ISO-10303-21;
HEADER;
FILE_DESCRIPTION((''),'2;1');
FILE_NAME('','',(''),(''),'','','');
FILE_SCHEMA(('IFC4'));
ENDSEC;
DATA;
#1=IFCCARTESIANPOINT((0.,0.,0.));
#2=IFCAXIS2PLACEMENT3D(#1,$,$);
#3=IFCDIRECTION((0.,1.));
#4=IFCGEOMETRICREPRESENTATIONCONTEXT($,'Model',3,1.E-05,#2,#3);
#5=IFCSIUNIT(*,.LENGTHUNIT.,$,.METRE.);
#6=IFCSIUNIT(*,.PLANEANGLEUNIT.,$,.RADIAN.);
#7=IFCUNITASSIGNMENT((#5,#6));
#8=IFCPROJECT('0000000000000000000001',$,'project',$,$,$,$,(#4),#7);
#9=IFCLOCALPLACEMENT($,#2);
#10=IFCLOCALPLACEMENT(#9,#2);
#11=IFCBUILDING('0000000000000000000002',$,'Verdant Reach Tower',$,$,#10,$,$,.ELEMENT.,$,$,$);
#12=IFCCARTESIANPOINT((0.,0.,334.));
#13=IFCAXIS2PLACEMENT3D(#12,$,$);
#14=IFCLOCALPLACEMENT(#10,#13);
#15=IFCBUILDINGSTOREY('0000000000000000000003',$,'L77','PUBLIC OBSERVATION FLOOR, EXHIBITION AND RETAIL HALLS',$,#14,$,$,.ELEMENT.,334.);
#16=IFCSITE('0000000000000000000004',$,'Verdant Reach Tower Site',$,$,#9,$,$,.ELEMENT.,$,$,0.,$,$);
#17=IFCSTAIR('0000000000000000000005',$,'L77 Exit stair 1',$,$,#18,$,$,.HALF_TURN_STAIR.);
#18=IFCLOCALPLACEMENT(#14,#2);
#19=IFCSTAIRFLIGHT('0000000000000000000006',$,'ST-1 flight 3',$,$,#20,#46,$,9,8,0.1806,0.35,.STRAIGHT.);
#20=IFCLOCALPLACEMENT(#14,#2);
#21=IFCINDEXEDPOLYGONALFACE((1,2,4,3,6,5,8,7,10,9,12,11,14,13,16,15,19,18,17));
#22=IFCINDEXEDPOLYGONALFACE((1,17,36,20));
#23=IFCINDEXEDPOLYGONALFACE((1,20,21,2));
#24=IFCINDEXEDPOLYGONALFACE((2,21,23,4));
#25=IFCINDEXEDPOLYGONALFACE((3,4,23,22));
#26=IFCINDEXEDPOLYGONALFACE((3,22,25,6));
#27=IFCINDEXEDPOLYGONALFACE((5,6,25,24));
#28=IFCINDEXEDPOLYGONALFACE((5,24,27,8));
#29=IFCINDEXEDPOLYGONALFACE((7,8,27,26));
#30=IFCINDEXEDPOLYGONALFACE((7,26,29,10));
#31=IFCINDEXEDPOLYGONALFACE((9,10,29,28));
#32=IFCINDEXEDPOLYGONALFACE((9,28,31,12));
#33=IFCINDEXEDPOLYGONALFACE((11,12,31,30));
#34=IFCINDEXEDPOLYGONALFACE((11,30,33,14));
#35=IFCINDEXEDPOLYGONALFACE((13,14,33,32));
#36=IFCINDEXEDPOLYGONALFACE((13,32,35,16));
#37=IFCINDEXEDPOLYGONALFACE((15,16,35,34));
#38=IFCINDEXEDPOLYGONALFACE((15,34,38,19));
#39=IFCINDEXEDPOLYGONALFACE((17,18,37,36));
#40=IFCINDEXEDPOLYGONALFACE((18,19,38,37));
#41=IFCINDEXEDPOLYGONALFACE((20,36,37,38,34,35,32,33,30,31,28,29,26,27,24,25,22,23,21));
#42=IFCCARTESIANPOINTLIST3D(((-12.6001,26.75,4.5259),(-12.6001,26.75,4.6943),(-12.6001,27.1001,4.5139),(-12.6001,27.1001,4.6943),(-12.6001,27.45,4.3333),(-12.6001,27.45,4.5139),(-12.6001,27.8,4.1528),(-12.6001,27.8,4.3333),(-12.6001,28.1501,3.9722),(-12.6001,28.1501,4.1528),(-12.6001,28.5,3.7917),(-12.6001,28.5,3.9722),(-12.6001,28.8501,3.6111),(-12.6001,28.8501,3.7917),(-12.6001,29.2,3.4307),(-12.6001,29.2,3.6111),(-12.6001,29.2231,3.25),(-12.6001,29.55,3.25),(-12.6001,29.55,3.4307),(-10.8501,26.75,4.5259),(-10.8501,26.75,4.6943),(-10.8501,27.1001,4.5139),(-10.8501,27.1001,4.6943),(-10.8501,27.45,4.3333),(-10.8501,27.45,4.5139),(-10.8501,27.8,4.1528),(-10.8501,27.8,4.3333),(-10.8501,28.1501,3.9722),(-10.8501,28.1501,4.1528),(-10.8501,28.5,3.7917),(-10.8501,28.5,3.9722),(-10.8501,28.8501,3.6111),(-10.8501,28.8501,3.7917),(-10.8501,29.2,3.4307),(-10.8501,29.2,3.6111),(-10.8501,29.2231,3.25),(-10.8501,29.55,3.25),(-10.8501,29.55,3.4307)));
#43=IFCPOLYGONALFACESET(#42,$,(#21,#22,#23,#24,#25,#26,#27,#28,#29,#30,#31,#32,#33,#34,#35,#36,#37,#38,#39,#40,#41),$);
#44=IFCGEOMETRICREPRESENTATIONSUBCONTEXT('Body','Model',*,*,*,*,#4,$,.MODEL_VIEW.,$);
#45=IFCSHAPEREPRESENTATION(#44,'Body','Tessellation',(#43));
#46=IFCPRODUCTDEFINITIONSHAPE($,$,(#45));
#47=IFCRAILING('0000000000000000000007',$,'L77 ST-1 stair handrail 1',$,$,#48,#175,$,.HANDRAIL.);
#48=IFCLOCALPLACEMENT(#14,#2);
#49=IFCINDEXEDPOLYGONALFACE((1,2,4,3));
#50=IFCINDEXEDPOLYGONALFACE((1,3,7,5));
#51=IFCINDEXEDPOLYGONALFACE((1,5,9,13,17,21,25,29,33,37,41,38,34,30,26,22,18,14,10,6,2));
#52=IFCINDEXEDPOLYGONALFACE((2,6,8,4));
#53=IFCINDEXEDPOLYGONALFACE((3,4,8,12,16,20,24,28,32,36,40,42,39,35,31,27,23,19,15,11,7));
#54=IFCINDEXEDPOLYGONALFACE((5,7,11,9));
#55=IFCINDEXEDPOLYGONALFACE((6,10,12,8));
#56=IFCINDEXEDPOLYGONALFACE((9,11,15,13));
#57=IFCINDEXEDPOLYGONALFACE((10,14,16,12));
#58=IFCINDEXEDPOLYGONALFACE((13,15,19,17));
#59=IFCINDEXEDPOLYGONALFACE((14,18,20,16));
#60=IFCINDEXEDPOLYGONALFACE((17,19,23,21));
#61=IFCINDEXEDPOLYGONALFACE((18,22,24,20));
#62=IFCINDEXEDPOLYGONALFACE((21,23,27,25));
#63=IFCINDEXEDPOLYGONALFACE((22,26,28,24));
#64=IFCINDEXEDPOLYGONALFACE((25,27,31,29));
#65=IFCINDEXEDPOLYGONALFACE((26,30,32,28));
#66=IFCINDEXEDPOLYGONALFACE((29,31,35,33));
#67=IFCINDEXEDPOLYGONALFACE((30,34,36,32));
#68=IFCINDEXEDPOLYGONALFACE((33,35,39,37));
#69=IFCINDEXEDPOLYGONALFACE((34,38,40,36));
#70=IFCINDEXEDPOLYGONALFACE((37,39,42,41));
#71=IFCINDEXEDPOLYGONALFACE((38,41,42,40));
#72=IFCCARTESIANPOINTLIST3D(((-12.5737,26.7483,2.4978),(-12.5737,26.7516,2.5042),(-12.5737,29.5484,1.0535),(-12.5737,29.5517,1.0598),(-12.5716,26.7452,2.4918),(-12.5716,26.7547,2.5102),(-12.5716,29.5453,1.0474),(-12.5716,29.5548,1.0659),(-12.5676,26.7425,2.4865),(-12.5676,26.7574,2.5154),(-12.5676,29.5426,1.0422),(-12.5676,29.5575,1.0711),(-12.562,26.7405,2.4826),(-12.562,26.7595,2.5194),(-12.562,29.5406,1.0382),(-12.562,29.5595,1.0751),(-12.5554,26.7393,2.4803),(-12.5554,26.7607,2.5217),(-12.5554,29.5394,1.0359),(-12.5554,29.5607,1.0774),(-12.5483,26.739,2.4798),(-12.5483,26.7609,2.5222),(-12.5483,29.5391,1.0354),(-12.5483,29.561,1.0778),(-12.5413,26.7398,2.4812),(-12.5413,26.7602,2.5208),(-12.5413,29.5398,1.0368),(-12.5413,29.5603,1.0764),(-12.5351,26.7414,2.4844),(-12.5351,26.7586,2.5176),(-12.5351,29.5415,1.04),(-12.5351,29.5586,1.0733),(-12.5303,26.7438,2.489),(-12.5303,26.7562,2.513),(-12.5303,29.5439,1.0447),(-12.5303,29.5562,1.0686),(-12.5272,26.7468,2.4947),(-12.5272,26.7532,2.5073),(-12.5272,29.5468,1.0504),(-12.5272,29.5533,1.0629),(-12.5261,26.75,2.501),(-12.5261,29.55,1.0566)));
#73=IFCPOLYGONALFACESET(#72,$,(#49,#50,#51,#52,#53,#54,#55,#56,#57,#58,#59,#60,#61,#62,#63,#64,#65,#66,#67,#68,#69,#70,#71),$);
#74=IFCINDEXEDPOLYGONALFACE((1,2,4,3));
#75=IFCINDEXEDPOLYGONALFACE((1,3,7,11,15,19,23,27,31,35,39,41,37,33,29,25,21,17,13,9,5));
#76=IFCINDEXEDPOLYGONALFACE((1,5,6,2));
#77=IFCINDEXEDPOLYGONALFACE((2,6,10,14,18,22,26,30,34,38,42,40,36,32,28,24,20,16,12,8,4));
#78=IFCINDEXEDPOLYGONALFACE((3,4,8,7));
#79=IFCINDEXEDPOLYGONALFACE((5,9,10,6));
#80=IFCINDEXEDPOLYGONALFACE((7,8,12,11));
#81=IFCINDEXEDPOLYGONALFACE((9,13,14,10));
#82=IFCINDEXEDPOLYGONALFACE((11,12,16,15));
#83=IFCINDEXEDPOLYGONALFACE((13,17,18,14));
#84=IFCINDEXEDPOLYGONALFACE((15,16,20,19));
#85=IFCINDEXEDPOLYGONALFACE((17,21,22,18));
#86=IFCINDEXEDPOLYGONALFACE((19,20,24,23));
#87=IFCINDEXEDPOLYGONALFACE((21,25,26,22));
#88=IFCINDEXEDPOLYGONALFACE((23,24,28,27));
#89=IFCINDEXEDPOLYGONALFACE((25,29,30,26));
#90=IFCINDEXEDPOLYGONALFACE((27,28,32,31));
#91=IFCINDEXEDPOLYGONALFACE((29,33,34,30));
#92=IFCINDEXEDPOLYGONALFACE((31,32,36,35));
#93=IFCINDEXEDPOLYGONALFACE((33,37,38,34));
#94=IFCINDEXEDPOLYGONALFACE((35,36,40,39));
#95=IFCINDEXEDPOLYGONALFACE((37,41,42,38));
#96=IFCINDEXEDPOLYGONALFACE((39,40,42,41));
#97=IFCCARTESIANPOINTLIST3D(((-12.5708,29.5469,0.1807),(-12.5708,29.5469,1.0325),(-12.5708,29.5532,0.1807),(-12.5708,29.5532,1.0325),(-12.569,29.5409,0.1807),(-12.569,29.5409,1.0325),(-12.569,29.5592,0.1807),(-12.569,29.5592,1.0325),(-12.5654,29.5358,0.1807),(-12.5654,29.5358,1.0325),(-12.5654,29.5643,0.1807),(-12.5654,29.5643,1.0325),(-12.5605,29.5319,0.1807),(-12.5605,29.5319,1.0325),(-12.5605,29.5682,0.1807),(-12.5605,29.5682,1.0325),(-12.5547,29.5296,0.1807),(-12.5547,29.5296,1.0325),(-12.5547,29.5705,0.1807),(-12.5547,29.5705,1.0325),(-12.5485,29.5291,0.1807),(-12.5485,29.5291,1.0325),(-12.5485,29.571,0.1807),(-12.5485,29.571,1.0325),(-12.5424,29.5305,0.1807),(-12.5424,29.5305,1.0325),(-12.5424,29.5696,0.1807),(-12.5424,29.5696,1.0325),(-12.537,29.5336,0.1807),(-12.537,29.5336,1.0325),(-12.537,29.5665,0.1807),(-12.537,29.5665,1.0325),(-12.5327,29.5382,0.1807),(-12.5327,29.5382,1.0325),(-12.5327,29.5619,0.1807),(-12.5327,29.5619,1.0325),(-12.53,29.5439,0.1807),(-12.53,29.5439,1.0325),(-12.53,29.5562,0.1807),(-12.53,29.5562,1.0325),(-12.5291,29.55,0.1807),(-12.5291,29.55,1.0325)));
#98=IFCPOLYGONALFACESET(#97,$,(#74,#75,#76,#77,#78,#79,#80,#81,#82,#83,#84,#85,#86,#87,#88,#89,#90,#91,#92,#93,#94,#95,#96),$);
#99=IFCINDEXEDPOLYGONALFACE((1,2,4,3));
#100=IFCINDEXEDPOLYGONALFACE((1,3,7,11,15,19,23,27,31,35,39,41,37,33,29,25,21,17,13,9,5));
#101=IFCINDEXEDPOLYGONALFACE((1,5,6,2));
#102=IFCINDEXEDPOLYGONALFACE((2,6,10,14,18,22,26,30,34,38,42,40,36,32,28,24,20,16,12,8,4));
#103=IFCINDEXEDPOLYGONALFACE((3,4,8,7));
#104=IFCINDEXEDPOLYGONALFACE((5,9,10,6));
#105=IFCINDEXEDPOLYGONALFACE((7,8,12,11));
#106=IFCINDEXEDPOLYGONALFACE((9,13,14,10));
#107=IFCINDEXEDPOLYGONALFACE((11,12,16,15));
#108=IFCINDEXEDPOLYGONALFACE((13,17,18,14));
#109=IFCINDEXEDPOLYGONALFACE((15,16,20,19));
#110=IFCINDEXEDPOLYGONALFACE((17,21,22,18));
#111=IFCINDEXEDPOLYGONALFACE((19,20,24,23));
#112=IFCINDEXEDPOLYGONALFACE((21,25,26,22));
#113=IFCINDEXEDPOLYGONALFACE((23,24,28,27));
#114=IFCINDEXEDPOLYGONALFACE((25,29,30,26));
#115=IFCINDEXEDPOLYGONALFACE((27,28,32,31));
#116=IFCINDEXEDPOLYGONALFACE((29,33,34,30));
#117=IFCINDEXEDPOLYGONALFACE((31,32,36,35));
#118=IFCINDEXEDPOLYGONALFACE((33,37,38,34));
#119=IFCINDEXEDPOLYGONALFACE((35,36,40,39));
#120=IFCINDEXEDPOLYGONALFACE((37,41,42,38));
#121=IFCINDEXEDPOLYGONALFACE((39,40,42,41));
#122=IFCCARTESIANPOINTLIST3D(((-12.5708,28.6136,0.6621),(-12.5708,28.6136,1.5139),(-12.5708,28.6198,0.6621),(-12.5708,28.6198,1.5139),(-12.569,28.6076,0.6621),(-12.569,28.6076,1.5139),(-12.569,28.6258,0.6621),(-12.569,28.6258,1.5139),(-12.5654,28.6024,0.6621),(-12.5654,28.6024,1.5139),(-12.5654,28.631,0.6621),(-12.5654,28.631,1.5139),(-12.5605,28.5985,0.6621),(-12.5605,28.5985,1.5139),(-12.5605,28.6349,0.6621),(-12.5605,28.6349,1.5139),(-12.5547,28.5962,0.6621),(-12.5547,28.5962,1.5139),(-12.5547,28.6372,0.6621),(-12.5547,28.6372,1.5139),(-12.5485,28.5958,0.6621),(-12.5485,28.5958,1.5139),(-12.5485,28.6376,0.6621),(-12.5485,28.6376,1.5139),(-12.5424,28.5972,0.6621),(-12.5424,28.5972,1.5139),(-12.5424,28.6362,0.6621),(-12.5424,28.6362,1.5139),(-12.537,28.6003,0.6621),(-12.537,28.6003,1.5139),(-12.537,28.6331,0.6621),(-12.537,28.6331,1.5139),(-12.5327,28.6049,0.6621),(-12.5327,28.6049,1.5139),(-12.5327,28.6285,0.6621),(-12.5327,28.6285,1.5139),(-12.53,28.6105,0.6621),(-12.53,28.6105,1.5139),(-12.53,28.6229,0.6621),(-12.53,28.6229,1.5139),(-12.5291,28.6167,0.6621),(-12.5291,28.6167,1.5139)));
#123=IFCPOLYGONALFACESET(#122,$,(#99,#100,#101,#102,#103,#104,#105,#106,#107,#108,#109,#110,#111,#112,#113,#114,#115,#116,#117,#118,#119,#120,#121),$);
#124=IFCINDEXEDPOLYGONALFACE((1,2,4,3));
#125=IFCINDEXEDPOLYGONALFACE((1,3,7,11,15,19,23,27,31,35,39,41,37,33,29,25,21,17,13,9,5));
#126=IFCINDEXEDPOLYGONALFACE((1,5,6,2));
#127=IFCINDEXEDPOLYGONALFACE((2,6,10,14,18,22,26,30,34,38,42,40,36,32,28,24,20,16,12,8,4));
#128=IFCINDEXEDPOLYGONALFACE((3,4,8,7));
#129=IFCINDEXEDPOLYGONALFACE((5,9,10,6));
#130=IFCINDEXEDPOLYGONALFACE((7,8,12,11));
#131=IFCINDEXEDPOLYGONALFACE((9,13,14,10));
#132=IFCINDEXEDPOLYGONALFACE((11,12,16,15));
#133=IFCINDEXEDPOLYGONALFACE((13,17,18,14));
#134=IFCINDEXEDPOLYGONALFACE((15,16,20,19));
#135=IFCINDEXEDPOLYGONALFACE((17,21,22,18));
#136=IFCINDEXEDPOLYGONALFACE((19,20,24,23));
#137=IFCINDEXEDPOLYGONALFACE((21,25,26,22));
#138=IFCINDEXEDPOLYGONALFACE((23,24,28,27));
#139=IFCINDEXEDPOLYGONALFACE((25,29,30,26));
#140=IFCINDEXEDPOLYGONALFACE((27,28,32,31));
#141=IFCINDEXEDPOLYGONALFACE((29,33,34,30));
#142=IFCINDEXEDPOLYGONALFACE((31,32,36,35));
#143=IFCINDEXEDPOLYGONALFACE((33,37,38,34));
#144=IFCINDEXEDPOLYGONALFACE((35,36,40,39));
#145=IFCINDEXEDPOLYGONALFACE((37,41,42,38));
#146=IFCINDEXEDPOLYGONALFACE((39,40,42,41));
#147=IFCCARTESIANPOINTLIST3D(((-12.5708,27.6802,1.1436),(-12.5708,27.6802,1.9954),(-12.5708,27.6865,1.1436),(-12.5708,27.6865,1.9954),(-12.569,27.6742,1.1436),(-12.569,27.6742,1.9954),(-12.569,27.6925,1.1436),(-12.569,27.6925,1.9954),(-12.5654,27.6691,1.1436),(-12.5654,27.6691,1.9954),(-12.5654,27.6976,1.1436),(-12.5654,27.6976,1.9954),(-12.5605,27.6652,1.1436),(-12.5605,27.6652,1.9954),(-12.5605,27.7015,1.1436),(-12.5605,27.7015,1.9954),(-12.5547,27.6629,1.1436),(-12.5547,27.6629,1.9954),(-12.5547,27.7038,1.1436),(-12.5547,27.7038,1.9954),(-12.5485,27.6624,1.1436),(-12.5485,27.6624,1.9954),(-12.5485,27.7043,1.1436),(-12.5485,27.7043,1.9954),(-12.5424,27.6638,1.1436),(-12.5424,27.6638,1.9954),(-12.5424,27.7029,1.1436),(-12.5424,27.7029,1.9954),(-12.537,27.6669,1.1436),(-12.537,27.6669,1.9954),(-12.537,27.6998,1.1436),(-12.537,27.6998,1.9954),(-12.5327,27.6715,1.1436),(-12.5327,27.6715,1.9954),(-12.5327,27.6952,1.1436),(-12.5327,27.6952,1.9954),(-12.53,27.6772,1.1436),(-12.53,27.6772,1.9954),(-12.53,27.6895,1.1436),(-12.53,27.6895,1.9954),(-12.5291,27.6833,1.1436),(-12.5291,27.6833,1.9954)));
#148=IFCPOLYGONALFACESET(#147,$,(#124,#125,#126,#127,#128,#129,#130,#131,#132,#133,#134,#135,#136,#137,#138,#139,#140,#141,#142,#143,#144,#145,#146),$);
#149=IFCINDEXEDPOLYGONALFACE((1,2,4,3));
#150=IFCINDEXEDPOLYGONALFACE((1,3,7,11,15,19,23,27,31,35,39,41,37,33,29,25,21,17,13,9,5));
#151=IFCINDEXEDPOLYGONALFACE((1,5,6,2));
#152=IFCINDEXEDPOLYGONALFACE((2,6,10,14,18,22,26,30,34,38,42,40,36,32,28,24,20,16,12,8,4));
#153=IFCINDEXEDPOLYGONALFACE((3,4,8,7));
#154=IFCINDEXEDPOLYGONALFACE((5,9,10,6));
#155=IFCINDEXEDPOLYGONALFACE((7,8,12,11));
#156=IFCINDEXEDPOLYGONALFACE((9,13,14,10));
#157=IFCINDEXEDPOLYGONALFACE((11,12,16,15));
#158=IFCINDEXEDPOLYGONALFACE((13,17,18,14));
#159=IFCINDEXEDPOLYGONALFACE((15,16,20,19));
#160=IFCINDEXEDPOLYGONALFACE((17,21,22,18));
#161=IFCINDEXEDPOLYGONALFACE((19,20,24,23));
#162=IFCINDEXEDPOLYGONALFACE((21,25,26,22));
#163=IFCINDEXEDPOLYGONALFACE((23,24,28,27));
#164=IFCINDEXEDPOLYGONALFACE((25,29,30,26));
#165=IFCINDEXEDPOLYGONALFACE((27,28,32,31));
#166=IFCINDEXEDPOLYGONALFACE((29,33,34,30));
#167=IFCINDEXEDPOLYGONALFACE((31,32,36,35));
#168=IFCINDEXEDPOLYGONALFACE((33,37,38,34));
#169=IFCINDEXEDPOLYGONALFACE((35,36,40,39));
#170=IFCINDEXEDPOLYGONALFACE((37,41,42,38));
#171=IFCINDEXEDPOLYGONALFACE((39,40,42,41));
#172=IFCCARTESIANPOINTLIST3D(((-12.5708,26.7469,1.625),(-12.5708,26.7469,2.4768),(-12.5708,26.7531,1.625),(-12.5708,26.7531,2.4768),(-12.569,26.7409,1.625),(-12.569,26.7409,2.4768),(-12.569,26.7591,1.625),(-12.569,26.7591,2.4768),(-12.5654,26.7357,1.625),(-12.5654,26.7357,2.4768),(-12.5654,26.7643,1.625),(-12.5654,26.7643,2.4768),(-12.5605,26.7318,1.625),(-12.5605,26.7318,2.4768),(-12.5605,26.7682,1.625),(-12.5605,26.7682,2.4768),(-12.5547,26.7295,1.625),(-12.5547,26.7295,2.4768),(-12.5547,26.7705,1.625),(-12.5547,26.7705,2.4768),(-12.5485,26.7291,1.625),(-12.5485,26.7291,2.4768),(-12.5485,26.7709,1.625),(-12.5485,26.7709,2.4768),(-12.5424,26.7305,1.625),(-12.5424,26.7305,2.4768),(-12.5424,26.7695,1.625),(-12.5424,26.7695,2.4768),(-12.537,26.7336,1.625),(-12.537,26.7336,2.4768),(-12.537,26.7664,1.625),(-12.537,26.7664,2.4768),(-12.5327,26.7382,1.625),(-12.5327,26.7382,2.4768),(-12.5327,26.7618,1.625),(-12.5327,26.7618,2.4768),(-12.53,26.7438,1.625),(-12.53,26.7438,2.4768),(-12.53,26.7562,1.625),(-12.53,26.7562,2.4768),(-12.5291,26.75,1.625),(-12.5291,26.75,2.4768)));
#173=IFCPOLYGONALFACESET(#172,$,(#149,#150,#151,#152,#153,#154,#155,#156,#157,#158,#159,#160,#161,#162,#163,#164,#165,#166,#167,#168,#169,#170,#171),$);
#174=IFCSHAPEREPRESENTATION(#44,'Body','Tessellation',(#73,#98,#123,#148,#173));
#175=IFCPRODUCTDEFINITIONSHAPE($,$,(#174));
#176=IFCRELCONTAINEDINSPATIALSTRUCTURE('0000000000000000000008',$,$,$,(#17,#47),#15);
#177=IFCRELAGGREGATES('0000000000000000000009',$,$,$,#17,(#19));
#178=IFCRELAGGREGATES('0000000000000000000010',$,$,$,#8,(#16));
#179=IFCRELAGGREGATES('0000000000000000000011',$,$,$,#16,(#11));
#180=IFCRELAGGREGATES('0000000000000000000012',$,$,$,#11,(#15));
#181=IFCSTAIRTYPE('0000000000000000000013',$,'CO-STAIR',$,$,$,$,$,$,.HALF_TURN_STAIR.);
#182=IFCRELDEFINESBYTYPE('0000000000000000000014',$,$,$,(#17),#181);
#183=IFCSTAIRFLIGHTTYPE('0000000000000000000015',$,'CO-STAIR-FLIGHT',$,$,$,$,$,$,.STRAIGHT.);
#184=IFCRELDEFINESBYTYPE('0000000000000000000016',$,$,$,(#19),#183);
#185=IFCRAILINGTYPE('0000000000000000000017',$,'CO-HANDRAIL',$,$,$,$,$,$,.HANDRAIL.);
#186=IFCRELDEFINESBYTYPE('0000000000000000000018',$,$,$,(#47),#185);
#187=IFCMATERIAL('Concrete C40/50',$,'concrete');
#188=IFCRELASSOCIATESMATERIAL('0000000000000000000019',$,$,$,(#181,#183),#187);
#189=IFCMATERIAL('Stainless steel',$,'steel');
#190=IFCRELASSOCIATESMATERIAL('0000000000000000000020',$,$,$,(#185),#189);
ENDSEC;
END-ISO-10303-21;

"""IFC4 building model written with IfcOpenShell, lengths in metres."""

from ifc_helpers import new_model, si_unit, direction, frame, origin, origin_2d, place, context, subcontext, project, spatial, polyline, circle, outline, extrude, material, type_object, element, aggregate, save


model = new_model("IFC4")

# Units and contexts
model_context = context("Model", 3, precision=1e-05, world=origin(), true_north=direction((0.0, 1.0)))
body_context = subcontext(model_context, "Body", "Model", "MODEL_VIEW")
ifc_project = project(units=[si_unit("LENGTHUNIT", "METRE"), si_unit("PLANEANGLEUNIT", "RADIAN")], contexts=[model_context])

# Site, building, storey
site_placement = place(None, origin())
site = spatial("IfcSite", under=ifc_project, at=site_placement, Name="Verdant Reach Tower Site", CompositionType="ELEMENT", RefElevation=0.0)
building_placement = place(site_placement, origin())
building = spatial("IfcBuilding", under=site, at=building_placement, Name="Verdant Reach Tower", CompositionType="ELEMENT")
storey_placement = place(building_placement, frame((0.0, 0.0, 334.0)))
storey = spatial("IfcBuildingStorey", under=building, at=storey_placement, Name="L77", Description="PUBLIC OBSERVATION FLOOR, EXHIBITION AND RETAIL HALLS", CompositionType="ELEMENT", Elevation=334.0)

# Shared definitions
ifc_material_1 = material(Name="Concrete C40/50", Category="concrete")
ifc_material_2 = material(Name="Stainless steel", Category="steel")

# Stair, stair flight
stair_type = type_object("IfcStairType", Name="CO-STAIR", PredefinedType="HALF_TURN_STAIR", material=ifc_material_1)
stair_placement = place(storey_placement, origin())
stair = element("IfcStair", 1, at=stair_placement, inside=storey, type_object=stair_type, Name="L77 Exit stair 1", PredefinedType="HALF_TURN_STAIR")
stair_flight_type = type_object("IfcStairFlightType", Name="CO-STAIR-FLIGHT", PredefinedType="STRAIGHT", material=ifc_material_1)
stair_flight_1_placement = place(storey_placement, frame((-11.7251, 29.55, 3.25), z_axis=(0.0, 0.0, 1.0), x_axis=(0.0, -1.0, 0.0)))
stair_flight_1 = element("IfcStairFlight", 2, at=stair_flight_1_placement, type_object=stair_flight_type, Name="ST-1 flight 3", NumberOfRisers=9, NumberOfTreads=8, PredefinedType="STRAIGHT", RiserHeight=0.1806, TreadLength=0.35, context=body_context, shape_type="SweptSolid", body=[
    extrude(outline(polyline([(0.0, 0.0), (0.0, 0.1807), (0.3501, 0.1807), (0.3501, 0.3611), (0.7, 0.3611), (0.7, 0.5417), (1.05, 0.5417), (1.05, 0.7222), (1.3999, 0.7222), (1.3999, 0.9028), (1.75, 0.9028), (1.75, 1.0833), (2.1001, 1.0833), (2.1001, 1.2639), (2.45, 1.2639), (2.45, 1.4443), (2.8, 1.4443), (2.8, 1.625), (2.8, 1.2759), (0.3269, 0.0), (0.0, 0.0)])), frame((0.0, 0.875, 0.0), z_axis=(0.0, -1.0, 0.0), x_axis=(1.0, 0.0, 0.0)), (0.0, 0.0, 1.0), 1.75),
])
aggregate(stair, [stair_flight_1])

# Railing
railing_type_1 = type_object("IfcRailingType", Name="CO-HANDRAIL", PredefinedType="HANDRAIL", material=ifc_material_2)
for number, where, name in (
    (3, (-12.55, 29.55, 0.1807), "L77 ST-1 stair handrail 1"),
):
    element("IfcRailing", number, at=place(storey_placement, frame(where)), inside=storey, type_object=railing_type_1, Name=name, PredefinedType="HANDRAIL", context=body_context, shape_type="SweptSolid", body=[
        extrude(circle(Radius=0.0239, at=origin_2d()), frame((0.0, 0.0, 0.876), z_axis=(0.0, -0.888731, 0.45843), x_axis=(1.0, 0.0, 0.0)), (0.0, 0.0, 1.0), 3.1506),
        extrude(circle(Radius=0.021, at=origin_2d()), origin(), (0.0, 0.0, 1.0), 0.8518),
        extrude(circle(Radius=0.021, at=origin_2d()), frame((0.0, -0.9333, 0.4814)), (0.0, 0.0, 1.0), 0.8518),
        extrude(circle(Radius=0.021, at=origin_2d()), frame((0.0, -1.8667, 0.9629)), (0.0, 0.0, 1.0), 0.8518),
        extrude(circle(Radius=0.021, at=origin_2d()), frame((0.0, -2.8, 1.4443)), (0.0, 0.0, 1.0), 0.8518),
    ])

save(model, "model.ifc")
